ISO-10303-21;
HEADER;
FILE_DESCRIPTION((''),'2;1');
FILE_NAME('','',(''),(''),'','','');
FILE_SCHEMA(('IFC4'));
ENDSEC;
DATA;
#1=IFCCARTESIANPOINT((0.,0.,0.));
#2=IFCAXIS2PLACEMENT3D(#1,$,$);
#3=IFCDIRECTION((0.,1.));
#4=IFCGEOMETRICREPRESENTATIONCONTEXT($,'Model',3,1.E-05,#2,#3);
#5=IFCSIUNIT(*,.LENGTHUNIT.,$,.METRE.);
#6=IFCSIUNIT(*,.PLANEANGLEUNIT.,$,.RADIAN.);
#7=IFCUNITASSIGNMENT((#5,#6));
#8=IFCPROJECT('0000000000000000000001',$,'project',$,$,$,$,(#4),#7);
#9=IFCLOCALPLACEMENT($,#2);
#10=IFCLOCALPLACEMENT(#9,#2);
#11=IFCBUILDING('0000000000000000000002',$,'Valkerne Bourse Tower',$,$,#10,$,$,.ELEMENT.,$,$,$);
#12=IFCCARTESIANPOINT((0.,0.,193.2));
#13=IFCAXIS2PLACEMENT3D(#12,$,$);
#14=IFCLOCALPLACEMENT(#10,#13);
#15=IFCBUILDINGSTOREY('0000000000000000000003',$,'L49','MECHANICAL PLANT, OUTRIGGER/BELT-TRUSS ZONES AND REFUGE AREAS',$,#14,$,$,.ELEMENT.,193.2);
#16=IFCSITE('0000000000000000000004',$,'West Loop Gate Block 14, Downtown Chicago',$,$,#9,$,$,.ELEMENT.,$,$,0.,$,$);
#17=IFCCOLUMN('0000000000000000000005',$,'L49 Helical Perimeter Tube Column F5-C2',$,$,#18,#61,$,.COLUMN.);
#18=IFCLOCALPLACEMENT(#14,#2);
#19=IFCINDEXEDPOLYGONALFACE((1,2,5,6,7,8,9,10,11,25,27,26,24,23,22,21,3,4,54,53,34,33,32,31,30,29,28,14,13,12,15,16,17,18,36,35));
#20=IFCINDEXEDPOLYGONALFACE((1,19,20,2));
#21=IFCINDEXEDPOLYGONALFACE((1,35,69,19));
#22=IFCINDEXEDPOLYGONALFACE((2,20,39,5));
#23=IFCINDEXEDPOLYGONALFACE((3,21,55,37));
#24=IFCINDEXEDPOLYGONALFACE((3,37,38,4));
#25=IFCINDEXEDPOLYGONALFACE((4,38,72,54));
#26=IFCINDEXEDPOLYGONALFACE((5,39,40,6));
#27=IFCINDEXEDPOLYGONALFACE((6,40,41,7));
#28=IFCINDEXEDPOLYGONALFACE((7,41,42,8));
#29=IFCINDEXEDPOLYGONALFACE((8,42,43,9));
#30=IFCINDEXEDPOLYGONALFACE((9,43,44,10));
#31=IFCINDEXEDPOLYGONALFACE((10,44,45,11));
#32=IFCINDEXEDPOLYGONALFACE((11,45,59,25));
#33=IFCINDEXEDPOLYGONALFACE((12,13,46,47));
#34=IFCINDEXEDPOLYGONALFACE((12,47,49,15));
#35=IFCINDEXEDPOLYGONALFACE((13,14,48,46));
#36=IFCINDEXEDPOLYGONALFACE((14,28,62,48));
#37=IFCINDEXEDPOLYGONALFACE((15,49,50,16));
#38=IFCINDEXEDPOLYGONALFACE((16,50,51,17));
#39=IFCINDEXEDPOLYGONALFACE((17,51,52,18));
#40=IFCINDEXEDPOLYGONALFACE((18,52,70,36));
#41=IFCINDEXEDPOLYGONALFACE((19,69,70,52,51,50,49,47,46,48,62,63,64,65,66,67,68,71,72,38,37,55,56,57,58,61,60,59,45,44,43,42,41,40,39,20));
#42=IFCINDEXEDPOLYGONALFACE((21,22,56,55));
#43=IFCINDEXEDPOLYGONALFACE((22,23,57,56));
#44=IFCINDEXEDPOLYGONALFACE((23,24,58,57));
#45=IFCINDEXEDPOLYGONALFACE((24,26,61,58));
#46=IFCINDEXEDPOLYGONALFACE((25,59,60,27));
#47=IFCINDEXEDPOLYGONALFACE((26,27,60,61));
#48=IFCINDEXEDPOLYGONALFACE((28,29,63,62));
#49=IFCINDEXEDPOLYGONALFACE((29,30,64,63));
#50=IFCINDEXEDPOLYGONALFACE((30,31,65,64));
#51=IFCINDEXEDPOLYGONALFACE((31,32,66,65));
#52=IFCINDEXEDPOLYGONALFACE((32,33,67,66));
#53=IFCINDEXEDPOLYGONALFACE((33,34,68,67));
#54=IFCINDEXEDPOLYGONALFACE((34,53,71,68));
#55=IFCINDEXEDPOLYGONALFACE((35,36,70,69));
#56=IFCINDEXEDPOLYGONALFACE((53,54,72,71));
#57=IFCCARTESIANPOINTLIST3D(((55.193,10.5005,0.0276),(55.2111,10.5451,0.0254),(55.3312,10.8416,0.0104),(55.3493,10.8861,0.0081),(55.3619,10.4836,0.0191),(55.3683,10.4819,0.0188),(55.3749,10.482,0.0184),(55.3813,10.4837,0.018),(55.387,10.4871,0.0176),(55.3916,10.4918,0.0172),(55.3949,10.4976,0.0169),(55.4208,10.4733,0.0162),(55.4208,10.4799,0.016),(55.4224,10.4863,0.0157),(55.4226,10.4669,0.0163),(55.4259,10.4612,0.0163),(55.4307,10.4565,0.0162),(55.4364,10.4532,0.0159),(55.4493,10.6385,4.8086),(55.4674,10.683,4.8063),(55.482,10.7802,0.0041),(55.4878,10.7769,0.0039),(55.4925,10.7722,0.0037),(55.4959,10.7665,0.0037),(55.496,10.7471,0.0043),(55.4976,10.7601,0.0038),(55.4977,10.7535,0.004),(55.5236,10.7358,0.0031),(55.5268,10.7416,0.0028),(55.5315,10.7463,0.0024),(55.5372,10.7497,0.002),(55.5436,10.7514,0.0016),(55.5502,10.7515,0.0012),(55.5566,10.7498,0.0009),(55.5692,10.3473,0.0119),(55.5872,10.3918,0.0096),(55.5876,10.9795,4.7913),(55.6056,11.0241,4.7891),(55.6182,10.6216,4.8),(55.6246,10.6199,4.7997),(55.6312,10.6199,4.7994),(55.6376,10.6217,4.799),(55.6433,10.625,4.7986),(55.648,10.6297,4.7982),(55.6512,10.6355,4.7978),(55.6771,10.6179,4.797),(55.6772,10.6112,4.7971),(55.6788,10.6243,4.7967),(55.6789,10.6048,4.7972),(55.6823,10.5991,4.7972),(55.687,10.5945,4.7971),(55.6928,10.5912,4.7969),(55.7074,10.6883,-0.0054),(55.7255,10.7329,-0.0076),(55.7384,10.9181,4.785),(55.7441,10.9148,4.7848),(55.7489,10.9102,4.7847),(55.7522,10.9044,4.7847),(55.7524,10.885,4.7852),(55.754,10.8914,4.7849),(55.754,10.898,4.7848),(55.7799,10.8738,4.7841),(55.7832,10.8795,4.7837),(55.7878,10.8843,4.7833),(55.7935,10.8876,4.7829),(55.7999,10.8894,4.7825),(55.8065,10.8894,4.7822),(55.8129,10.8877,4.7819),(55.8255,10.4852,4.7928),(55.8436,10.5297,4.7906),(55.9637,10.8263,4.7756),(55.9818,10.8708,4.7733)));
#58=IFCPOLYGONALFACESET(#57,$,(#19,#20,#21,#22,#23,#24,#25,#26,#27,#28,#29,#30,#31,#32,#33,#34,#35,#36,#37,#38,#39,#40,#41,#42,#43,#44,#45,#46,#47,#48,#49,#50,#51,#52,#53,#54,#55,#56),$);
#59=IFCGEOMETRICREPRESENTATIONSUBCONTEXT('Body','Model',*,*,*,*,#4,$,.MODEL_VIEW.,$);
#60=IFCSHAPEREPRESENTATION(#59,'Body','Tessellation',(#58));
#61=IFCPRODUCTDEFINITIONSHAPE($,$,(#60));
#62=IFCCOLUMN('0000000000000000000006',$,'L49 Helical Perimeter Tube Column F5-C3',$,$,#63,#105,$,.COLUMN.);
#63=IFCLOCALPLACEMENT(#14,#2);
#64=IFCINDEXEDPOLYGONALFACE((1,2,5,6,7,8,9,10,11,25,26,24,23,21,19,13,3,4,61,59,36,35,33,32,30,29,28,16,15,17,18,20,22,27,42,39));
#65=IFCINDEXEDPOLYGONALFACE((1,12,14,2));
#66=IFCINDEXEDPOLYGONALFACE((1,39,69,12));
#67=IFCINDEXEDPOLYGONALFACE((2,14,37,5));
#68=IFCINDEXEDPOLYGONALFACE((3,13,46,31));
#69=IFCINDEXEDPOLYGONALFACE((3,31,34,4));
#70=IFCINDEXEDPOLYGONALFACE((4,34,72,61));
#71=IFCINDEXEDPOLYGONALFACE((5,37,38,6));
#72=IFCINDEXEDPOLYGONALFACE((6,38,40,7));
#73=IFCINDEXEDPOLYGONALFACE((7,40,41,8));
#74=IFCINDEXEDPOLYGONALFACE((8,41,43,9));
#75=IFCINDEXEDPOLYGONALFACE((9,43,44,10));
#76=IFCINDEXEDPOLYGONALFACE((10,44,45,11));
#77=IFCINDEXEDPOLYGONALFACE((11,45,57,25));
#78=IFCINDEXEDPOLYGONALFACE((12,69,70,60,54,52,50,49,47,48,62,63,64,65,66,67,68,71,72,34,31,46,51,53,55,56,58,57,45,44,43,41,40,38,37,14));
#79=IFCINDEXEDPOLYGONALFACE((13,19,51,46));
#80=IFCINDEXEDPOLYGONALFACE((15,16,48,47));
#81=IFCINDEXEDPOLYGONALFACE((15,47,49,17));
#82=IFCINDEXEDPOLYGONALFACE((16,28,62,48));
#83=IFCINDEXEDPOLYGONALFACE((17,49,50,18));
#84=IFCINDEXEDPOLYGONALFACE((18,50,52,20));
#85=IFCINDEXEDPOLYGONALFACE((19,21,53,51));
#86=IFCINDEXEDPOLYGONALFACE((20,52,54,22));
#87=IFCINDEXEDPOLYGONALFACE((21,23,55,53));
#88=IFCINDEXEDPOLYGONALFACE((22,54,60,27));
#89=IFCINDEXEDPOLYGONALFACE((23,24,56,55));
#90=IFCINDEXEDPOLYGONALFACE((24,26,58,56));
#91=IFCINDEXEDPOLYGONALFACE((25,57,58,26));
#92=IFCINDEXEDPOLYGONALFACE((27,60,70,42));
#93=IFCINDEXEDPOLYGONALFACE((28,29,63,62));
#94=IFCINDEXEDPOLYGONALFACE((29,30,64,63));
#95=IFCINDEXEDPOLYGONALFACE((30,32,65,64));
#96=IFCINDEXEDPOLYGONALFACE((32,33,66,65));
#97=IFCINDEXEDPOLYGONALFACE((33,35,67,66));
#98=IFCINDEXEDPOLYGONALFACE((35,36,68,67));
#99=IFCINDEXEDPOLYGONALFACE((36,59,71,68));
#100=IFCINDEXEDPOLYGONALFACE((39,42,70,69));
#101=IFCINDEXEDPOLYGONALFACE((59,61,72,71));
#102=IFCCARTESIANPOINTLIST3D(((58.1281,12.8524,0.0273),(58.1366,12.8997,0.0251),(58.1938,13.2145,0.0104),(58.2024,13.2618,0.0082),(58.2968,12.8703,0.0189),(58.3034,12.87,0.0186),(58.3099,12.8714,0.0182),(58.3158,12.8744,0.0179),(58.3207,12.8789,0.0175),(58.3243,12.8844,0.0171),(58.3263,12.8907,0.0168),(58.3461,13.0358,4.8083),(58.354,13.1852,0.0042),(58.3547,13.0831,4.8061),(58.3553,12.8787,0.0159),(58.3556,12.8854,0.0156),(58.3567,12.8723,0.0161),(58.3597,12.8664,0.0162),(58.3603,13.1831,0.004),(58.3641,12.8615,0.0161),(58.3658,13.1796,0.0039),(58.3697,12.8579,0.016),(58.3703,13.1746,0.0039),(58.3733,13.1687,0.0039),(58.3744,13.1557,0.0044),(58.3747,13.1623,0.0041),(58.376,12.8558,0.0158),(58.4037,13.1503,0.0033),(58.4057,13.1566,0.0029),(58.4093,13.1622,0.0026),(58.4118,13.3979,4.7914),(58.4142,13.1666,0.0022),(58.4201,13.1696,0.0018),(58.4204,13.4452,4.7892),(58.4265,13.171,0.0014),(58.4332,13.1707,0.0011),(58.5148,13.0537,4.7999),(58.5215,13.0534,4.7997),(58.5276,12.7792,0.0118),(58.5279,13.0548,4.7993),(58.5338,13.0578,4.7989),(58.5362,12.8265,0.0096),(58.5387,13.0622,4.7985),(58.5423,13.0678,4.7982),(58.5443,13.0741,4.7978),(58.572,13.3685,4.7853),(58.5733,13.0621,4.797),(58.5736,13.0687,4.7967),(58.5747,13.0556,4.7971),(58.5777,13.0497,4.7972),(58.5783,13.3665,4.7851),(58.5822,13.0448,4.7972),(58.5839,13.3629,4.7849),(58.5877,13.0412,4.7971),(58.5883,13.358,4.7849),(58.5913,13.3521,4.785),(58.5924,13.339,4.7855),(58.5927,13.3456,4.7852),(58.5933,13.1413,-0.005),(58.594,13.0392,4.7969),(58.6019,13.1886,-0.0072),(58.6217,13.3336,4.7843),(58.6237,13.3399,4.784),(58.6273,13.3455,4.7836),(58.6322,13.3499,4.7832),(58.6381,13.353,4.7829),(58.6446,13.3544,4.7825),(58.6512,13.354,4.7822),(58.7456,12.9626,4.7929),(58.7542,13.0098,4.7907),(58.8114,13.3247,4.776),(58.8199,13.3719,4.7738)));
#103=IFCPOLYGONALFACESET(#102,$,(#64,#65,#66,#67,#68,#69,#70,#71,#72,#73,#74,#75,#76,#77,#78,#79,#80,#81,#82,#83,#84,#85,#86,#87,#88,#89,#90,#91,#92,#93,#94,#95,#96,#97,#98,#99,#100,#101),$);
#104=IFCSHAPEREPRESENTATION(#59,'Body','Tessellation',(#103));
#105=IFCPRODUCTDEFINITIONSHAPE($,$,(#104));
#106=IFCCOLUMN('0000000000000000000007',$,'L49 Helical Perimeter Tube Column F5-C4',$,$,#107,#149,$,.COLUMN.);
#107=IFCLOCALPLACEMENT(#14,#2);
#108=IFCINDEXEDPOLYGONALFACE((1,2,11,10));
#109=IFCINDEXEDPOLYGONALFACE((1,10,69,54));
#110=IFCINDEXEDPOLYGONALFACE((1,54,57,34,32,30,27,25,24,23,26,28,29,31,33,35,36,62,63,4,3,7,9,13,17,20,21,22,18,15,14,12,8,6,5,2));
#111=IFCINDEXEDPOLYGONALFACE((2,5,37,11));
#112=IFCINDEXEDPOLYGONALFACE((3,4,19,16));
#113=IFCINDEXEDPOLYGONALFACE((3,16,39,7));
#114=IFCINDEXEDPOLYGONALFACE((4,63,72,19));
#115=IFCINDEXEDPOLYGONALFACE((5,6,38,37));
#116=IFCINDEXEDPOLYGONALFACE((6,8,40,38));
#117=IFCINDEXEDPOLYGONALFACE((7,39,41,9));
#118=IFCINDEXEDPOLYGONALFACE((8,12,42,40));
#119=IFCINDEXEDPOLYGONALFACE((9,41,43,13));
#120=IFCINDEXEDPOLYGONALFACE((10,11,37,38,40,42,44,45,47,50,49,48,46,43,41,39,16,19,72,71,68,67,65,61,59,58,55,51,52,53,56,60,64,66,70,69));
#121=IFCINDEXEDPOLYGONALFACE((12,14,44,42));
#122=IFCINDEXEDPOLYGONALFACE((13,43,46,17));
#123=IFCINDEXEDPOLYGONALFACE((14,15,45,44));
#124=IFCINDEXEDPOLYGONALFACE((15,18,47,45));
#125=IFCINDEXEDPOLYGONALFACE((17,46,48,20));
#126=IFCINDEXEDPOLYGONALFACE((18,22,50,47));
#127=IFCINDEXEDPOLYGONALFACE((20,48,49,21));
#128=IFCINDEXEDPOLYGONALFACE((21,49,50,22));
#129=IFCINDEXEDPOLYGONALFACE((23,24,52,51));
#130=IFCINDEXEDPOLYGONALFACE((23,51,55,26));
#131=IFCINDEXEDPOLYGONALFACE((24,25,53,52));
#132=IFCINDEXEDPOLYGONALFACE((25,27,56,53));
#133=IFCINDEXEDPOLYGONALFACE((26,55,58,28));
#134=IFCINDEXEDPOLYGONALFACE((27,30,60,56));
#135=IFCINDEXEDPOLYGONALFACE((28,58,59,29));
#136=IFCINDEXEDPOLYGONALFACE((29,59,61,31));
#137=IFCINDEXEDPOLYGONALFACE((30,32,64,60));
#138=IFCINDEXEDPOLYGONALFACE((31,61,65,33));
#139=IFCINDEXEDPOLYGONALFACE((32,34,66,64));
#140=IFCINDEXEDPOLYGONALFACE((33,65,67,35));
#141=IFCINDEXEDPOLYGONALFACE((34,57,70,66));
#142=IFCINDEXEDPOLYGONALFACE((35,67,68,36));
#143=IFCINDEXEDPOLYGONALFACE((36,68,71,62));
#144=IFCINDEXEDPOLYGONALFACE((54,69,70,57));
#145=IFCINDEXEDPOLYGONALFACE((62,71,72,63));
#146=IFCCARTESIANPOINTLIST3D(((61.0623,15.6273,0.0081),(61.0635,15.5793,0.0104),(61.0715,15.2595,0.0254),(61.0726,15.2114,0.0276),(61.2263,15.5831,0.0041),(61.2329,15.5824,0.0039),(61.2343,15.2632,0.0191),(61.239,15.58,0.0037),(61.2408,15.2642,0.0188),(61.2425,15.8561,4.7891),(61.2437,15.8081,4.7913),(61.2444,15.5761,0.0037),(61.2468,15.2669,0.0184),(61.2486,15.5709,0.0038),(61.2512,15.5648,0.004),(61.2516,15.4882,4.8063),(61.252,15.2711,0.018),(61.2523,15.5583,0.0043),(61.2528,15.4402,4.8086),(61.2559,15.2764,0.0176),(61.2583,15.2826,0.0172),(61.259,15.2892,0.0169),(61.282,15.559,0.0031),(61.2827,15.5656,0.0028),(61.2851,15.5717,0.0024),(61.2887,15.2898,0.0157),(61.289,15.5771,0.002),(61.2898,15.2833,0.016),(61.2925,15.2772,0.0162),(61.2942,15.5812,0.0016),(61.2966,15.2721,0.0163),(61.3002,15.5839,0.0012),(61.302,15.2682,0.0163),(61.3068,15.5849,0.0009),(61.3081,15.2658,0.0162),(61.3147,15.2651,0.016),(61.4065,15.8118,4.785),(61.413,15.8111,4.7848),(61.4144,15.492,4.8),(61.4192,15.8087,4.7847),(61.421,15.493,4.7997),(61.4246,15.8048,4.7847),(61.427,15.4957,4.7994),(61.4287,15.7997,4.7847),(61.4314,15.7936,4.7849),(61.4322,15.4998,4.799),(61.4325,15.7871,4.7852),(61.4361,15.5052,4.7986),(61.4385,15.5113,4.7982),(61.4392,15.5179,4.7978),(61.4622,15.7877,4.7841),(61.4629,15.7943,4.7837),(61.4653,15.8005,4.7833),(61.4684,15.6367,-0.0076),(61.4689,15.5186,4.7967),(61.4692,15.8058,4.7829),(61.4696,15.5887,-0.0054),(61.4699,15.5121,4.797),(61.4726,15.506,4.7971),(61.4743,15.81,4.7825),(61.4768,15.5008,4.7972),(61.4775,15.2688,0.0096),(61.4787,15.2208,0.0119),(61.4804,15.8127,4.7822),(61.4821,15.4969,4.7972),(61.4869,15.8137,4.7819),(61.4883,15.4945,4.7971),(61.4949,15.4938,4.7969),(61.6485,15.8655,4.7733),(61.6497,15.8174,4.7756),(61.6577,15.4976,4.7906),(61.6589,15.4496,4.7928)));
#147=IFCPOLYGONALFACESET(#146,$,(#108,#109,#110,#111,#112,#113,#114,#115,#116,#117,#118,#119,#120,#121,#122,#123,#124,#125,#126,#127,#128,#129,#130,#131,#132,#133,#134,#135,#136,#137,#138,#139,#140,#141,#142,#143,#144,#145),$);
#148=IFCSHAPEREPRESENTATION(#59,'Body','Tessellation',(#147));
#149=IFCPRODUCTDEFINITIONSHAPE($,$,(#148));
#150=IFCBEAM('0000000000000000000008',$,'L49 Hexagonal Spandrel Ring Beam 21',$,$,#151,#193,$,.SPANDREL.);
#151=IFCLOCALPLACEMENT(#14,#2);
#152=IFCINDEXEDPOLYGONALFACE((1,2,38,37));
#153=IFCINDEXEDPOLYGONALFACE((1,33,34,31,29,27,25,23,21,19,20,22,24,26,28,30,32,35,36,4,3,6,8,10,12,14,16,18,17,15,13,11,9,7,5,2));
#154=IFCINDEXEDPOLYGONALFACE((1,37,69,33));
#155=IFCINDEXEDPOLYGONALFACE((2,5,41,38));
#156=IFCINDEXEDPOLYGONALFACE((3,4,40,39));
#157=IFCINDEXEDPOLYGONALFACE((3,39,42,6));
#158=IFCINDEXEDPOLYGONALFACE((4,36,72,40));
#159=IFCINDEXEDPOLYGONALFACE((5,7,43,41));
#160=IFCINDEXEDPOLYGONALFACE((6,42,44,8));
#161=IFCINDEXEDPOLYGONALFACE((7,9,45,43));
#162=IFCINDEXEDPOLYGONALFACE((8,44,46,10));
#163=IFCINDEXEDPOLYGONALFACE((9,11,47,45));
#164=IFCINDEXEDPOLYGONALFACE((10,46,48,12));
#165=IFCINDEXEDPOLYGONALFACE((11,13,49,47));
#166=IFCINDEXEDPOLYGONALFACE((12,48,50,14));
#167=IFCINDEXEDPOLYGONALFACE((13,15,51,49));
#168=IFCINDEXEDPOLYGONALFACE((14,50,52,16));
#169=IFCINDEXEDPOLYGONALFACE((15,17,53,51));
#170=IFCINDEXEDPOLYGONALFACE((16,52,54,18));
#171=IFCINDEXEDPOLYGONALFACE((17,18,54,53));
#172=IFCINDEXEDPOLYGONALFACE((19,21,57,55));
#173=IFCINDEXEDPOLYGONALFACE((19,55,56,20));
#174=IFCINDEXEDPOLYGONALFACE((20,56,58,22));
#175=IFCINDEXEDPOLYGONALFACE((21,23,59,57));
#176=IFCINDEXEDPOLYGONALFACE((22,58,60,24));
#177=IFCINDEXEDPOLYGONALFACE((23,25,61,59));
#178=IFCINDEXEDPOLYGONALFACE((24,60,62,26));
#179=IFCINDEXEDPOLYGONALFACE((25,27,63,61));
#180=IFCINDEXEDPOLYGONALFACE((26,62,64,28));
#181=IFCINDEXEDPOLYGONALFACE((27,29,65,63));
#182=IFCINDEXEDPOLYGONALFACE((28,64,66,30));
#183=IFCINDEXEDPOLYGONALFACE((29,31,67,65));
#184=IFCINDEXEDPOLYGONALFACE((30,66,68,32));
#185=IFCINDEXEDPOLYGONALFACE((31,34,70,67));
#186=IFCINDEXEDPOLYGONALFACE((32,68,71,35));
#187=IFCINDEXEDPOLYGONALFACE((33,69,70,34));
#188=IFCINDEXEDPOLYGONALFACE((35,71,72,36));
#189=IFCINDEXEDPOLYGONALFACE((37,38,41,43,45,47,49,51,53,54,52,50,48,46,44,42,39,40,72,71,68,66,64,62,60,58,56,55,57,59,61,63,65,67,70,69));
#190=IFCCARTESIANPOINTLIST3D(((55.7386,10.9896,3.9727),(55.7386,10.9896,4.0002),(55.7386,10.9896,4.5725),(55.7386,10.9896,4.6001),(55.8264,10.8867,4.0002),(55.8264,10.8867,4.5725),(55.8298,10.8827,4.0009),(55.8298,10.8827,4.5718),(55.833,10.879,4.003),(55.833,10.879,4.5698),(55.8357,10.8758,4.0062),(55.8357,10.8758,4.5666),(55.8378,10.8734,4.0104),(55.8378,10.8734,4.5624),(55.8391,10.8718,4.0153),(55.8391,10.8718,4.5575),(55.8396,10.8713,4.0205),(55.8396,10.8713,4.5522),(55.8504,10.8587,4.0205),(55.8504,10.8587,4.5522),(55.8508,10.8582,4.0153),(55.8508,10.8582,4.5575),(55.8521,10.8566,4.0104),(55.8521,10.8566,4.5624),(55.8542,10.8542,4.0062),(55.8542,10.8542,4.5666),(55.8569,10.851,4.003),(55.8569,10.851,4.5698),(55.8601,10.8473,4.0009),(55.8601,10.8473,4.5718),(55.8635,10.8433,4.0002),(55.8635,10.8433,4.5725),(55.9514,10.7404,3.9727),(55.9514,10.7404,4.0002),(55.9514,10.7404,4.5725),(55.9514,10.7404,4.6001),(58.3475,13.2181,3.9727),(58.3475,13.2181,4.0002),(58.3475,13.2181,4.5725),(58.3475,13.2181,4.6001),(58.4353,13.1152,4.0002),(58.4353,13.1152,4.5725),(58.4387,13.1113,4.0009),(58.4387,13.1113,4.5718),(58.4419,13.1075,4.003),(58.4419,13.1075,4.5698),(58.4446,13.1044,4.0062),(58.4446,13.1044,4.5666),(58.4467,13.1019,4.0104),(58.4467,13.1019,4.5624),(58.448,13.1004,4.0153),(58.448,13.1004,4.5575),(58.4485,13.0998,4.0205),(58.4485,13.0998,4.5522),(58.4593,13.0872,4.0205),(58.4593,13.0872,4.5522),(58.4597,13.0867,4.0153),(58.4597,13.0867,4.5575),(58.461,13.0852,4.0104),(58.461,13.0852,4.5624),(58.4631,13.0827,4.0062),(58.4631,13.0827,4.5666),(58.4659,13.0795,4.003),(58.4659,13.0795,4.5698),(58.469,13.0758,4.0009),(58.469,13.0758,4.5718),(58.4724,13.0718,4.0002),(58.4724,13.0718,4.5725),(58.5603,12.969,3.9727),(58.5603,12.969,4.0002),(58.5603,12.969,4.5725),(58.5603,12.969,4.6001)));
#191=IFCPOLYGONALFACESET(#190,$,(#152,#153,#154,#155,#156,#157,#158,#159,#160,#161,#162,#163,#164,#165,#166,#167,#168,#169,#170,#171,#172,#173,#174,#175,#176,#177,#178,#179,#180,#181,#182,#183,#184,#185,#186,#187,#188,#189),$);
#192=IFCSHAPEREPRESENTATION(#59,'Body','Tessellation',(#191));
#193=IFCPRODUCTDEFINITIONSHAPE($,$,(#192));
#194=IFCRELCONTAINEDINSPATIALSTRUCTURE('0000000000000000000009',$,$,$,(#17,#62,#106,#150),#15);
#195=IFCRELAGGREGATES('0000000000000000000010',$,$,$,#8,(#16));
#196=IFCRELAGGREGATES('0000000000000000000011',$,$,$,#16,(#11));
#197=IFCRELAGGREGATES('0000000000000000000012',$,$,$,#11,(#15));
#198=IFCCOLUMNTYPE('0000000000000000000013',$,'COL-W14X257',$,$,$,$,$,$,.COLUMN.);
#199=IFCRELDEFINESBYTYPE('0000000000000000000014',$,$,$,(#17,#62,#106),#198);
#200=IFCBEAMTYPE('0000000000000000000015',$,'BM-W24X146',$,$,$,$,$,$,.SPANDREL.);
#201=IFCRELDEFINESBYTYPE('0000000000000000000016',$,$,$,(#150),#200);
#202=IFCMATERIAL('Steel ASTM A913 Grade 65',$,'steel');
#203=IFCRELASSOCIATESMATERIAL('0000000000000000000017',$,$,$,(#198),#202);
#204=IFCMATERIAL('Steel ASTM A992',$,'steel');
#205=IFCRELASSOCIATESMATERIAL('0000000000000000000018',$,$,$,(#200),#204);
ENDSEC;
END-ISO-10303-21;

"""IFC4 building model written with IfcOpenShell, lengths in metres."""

from ifc_helpers import new_model, si_unit, direction, frame, origin, origin_2d, place, context, subcontext, project, spatial, i_section, extrude, material, material_profile, profile_set, type_object, element, save


model = new_model("IFC4")

# Units and contexts
model_context = context("Model", 3, precision=1e-05, world=origin(), true_north=direction((0.0, 1.0)))
body_context = subcontext(model_context, "Body", "Model", "MODEL_VIEW")
ifc_project = project(units=[si_unit("LENGTHUNIT", "METRE"), si_unit("PLANEANGLEUNIT", "RADIAN")], contexts=[model_context])

# Site, building, storey
site_placement = place(None, origin())
site = spatial("IfcSite", under=ifc_project, at=site_placement, Name="West Loop Gate Block 14, Downtown Chicago", CompositionType="ELEMENT", RefElevation=0.0)
building_placement = place(site_placement, origin())
building = spatial("IfcBuilding", under=site, at=building_placement, Name="Valkerne Bourse Tower", CompositionType="ELEMENT")
storey_placement = place(building_placement, frame((0.0, 0.0, 193.2)))
storey = spatial("IfcBuildingStorey", under=building, at=storey_placement, Name="L49", Description="MECHANICAL PLANT, OUTRIGGER/BELT-TRUSS ZONES AND REFUGE AREAS", CompositionType="ELEMENT", Elevation=193.2)

# Columns
ifc_material_1 = material(Name="Steel ASTM A913 Grade 65", Category="steel")
ifc_material_profile_1 = material_profile(ifc_material_1, i_section(OverallWidth=0.4065, OverallDepth=0.4165, WebThickness=0.0298, FlangeThickness=0.0481, FilletRadius=0.0254, at=origin_2d()), Name="W14X257")
ifc_profile_set_1 = profile_set([ifc_material_profile_1], Name="Steel ASTM A913 Grade 65")
column_type = type_object("IfcColumnType", Name="COL-W14X257", PredefinedType="COLUMN", material=ifc_profile_set_1)
column_1_placement = place(storey_placement, frame((55.4592, 10.6167, 0.01), z_axis=(0.053519, 0.028798, 0.998151), x_axis=(-0.925389, 0.377034, 0.038739)))
element("IfcColumn", 1, at=column_1_placement, inside=storey, type_object=column_type, Name="L49 Helical Perimeter Tube Column F5-C2", PredefinedType="COLUMN", context=body_context, shape_type="SweptSolid", body=[
    extrude(i_section(OverallWidth=0.4065, OverallDepth=0.4165, WebThickness=0.0298, FlangeThickness=0.0481, FilletRadius=0.0254, at=origin_2d()), origin(), (0.0, 0.0, 1.0), 4.7898),
])
column_2_placement = place(storey_placement, frame((58.365, 13.0205, 0.01), z_axis=(0.04552, 0.038282, 0.99823), x_axis=(-0.982907, 0.180158, 0.037912)))
element("IfcColumn", 2, at=column_2_placement, inside=storey, type_object=column_type, Name="L49 Helical Perimeter Tube Column F5-C3", PredefinedType="COLUMN", context=body_context, shape_type="SweptSolid", body=[
    extrude(i_section(OverallWidth=0.4065, OverallDepth=0.4165, WebThickness=0.0298, FlangeThickness=0.0481, FilletRadius=0.0254, at=origin_2d()), origin(), (0.0, 0.0, 1.0), 4.7896),
])
column_3_placement = place(storey_placement, frame((61.2705, 15.4241, 0.01), z_axis=(0.037616, 0.047759, 0.99815), x_axis=(-0.998982, -0.023075, 0.038752)))
element("IfcColumn", 3, at=column_3_placement, inside=storey, type_object=column_type, Name="L49 Helical Perimeter Tube Column F5-C4", PredefinedType="COLUMN", context=body_context, shape_type="SweptSolid", body=[
    extrude(i_section(OverallWidth=0.4065, OverallDepth=0.4165, WebThickness=0.0298, FlangeThickness=0.0481, FilletRadius=0.0254, at=origin_2d()), origin(), (0.0, 0.0, 1.0), 4.7898),
])

# Beam
ifc_material_2 = material(Name="Steel ASTM A992", Category="steel")
ifc_material_profile_2 = material_profile(ifc_material_2, i_section(OverallWidth=0.3276, OverallDepth=0.6274, WebThickness=0.0166, FlangeThickness=0.0276, FilletRadius=0.0203, at=origin_2d()), Name="W24X146")
ifc_profile_set_2 = profile_set([ifc_material_profile_2], Name="Steel ASTM A992")
beam_type_1 = type_object("IfcBeamType", Name="BM-W24X146", PredefinedType="SPANDREL", material=ifc_profile_set_2)
beam_1_placement = place(storey_placement, frame((55.845, 10.865, 4.2864), z_axis=(0.760361, 0.649501, 0.0), x_axis=(-0.649501, 0.760361, 0.0)))
element("IfcBeam", 4, at=beam_1_placement, inside=storey, type_object=beam_type_1, Name="L49 Hexagonal Spandrel Ring Beam 21", PredefinedType="SPANDREL", context=body_context, shape_type="SweptSolid", body=[
    extrude(i_section(OverallWidth=0.3276, OverallDepth=0.6274, WebThickness=0.0166, FlangeThickness=0.0276, FilletRadius=0.0203, at=origin_2d()), origin(), (0.0, 0.0, 1.0), 3.4312),
])

save(model, "model.ifc")
